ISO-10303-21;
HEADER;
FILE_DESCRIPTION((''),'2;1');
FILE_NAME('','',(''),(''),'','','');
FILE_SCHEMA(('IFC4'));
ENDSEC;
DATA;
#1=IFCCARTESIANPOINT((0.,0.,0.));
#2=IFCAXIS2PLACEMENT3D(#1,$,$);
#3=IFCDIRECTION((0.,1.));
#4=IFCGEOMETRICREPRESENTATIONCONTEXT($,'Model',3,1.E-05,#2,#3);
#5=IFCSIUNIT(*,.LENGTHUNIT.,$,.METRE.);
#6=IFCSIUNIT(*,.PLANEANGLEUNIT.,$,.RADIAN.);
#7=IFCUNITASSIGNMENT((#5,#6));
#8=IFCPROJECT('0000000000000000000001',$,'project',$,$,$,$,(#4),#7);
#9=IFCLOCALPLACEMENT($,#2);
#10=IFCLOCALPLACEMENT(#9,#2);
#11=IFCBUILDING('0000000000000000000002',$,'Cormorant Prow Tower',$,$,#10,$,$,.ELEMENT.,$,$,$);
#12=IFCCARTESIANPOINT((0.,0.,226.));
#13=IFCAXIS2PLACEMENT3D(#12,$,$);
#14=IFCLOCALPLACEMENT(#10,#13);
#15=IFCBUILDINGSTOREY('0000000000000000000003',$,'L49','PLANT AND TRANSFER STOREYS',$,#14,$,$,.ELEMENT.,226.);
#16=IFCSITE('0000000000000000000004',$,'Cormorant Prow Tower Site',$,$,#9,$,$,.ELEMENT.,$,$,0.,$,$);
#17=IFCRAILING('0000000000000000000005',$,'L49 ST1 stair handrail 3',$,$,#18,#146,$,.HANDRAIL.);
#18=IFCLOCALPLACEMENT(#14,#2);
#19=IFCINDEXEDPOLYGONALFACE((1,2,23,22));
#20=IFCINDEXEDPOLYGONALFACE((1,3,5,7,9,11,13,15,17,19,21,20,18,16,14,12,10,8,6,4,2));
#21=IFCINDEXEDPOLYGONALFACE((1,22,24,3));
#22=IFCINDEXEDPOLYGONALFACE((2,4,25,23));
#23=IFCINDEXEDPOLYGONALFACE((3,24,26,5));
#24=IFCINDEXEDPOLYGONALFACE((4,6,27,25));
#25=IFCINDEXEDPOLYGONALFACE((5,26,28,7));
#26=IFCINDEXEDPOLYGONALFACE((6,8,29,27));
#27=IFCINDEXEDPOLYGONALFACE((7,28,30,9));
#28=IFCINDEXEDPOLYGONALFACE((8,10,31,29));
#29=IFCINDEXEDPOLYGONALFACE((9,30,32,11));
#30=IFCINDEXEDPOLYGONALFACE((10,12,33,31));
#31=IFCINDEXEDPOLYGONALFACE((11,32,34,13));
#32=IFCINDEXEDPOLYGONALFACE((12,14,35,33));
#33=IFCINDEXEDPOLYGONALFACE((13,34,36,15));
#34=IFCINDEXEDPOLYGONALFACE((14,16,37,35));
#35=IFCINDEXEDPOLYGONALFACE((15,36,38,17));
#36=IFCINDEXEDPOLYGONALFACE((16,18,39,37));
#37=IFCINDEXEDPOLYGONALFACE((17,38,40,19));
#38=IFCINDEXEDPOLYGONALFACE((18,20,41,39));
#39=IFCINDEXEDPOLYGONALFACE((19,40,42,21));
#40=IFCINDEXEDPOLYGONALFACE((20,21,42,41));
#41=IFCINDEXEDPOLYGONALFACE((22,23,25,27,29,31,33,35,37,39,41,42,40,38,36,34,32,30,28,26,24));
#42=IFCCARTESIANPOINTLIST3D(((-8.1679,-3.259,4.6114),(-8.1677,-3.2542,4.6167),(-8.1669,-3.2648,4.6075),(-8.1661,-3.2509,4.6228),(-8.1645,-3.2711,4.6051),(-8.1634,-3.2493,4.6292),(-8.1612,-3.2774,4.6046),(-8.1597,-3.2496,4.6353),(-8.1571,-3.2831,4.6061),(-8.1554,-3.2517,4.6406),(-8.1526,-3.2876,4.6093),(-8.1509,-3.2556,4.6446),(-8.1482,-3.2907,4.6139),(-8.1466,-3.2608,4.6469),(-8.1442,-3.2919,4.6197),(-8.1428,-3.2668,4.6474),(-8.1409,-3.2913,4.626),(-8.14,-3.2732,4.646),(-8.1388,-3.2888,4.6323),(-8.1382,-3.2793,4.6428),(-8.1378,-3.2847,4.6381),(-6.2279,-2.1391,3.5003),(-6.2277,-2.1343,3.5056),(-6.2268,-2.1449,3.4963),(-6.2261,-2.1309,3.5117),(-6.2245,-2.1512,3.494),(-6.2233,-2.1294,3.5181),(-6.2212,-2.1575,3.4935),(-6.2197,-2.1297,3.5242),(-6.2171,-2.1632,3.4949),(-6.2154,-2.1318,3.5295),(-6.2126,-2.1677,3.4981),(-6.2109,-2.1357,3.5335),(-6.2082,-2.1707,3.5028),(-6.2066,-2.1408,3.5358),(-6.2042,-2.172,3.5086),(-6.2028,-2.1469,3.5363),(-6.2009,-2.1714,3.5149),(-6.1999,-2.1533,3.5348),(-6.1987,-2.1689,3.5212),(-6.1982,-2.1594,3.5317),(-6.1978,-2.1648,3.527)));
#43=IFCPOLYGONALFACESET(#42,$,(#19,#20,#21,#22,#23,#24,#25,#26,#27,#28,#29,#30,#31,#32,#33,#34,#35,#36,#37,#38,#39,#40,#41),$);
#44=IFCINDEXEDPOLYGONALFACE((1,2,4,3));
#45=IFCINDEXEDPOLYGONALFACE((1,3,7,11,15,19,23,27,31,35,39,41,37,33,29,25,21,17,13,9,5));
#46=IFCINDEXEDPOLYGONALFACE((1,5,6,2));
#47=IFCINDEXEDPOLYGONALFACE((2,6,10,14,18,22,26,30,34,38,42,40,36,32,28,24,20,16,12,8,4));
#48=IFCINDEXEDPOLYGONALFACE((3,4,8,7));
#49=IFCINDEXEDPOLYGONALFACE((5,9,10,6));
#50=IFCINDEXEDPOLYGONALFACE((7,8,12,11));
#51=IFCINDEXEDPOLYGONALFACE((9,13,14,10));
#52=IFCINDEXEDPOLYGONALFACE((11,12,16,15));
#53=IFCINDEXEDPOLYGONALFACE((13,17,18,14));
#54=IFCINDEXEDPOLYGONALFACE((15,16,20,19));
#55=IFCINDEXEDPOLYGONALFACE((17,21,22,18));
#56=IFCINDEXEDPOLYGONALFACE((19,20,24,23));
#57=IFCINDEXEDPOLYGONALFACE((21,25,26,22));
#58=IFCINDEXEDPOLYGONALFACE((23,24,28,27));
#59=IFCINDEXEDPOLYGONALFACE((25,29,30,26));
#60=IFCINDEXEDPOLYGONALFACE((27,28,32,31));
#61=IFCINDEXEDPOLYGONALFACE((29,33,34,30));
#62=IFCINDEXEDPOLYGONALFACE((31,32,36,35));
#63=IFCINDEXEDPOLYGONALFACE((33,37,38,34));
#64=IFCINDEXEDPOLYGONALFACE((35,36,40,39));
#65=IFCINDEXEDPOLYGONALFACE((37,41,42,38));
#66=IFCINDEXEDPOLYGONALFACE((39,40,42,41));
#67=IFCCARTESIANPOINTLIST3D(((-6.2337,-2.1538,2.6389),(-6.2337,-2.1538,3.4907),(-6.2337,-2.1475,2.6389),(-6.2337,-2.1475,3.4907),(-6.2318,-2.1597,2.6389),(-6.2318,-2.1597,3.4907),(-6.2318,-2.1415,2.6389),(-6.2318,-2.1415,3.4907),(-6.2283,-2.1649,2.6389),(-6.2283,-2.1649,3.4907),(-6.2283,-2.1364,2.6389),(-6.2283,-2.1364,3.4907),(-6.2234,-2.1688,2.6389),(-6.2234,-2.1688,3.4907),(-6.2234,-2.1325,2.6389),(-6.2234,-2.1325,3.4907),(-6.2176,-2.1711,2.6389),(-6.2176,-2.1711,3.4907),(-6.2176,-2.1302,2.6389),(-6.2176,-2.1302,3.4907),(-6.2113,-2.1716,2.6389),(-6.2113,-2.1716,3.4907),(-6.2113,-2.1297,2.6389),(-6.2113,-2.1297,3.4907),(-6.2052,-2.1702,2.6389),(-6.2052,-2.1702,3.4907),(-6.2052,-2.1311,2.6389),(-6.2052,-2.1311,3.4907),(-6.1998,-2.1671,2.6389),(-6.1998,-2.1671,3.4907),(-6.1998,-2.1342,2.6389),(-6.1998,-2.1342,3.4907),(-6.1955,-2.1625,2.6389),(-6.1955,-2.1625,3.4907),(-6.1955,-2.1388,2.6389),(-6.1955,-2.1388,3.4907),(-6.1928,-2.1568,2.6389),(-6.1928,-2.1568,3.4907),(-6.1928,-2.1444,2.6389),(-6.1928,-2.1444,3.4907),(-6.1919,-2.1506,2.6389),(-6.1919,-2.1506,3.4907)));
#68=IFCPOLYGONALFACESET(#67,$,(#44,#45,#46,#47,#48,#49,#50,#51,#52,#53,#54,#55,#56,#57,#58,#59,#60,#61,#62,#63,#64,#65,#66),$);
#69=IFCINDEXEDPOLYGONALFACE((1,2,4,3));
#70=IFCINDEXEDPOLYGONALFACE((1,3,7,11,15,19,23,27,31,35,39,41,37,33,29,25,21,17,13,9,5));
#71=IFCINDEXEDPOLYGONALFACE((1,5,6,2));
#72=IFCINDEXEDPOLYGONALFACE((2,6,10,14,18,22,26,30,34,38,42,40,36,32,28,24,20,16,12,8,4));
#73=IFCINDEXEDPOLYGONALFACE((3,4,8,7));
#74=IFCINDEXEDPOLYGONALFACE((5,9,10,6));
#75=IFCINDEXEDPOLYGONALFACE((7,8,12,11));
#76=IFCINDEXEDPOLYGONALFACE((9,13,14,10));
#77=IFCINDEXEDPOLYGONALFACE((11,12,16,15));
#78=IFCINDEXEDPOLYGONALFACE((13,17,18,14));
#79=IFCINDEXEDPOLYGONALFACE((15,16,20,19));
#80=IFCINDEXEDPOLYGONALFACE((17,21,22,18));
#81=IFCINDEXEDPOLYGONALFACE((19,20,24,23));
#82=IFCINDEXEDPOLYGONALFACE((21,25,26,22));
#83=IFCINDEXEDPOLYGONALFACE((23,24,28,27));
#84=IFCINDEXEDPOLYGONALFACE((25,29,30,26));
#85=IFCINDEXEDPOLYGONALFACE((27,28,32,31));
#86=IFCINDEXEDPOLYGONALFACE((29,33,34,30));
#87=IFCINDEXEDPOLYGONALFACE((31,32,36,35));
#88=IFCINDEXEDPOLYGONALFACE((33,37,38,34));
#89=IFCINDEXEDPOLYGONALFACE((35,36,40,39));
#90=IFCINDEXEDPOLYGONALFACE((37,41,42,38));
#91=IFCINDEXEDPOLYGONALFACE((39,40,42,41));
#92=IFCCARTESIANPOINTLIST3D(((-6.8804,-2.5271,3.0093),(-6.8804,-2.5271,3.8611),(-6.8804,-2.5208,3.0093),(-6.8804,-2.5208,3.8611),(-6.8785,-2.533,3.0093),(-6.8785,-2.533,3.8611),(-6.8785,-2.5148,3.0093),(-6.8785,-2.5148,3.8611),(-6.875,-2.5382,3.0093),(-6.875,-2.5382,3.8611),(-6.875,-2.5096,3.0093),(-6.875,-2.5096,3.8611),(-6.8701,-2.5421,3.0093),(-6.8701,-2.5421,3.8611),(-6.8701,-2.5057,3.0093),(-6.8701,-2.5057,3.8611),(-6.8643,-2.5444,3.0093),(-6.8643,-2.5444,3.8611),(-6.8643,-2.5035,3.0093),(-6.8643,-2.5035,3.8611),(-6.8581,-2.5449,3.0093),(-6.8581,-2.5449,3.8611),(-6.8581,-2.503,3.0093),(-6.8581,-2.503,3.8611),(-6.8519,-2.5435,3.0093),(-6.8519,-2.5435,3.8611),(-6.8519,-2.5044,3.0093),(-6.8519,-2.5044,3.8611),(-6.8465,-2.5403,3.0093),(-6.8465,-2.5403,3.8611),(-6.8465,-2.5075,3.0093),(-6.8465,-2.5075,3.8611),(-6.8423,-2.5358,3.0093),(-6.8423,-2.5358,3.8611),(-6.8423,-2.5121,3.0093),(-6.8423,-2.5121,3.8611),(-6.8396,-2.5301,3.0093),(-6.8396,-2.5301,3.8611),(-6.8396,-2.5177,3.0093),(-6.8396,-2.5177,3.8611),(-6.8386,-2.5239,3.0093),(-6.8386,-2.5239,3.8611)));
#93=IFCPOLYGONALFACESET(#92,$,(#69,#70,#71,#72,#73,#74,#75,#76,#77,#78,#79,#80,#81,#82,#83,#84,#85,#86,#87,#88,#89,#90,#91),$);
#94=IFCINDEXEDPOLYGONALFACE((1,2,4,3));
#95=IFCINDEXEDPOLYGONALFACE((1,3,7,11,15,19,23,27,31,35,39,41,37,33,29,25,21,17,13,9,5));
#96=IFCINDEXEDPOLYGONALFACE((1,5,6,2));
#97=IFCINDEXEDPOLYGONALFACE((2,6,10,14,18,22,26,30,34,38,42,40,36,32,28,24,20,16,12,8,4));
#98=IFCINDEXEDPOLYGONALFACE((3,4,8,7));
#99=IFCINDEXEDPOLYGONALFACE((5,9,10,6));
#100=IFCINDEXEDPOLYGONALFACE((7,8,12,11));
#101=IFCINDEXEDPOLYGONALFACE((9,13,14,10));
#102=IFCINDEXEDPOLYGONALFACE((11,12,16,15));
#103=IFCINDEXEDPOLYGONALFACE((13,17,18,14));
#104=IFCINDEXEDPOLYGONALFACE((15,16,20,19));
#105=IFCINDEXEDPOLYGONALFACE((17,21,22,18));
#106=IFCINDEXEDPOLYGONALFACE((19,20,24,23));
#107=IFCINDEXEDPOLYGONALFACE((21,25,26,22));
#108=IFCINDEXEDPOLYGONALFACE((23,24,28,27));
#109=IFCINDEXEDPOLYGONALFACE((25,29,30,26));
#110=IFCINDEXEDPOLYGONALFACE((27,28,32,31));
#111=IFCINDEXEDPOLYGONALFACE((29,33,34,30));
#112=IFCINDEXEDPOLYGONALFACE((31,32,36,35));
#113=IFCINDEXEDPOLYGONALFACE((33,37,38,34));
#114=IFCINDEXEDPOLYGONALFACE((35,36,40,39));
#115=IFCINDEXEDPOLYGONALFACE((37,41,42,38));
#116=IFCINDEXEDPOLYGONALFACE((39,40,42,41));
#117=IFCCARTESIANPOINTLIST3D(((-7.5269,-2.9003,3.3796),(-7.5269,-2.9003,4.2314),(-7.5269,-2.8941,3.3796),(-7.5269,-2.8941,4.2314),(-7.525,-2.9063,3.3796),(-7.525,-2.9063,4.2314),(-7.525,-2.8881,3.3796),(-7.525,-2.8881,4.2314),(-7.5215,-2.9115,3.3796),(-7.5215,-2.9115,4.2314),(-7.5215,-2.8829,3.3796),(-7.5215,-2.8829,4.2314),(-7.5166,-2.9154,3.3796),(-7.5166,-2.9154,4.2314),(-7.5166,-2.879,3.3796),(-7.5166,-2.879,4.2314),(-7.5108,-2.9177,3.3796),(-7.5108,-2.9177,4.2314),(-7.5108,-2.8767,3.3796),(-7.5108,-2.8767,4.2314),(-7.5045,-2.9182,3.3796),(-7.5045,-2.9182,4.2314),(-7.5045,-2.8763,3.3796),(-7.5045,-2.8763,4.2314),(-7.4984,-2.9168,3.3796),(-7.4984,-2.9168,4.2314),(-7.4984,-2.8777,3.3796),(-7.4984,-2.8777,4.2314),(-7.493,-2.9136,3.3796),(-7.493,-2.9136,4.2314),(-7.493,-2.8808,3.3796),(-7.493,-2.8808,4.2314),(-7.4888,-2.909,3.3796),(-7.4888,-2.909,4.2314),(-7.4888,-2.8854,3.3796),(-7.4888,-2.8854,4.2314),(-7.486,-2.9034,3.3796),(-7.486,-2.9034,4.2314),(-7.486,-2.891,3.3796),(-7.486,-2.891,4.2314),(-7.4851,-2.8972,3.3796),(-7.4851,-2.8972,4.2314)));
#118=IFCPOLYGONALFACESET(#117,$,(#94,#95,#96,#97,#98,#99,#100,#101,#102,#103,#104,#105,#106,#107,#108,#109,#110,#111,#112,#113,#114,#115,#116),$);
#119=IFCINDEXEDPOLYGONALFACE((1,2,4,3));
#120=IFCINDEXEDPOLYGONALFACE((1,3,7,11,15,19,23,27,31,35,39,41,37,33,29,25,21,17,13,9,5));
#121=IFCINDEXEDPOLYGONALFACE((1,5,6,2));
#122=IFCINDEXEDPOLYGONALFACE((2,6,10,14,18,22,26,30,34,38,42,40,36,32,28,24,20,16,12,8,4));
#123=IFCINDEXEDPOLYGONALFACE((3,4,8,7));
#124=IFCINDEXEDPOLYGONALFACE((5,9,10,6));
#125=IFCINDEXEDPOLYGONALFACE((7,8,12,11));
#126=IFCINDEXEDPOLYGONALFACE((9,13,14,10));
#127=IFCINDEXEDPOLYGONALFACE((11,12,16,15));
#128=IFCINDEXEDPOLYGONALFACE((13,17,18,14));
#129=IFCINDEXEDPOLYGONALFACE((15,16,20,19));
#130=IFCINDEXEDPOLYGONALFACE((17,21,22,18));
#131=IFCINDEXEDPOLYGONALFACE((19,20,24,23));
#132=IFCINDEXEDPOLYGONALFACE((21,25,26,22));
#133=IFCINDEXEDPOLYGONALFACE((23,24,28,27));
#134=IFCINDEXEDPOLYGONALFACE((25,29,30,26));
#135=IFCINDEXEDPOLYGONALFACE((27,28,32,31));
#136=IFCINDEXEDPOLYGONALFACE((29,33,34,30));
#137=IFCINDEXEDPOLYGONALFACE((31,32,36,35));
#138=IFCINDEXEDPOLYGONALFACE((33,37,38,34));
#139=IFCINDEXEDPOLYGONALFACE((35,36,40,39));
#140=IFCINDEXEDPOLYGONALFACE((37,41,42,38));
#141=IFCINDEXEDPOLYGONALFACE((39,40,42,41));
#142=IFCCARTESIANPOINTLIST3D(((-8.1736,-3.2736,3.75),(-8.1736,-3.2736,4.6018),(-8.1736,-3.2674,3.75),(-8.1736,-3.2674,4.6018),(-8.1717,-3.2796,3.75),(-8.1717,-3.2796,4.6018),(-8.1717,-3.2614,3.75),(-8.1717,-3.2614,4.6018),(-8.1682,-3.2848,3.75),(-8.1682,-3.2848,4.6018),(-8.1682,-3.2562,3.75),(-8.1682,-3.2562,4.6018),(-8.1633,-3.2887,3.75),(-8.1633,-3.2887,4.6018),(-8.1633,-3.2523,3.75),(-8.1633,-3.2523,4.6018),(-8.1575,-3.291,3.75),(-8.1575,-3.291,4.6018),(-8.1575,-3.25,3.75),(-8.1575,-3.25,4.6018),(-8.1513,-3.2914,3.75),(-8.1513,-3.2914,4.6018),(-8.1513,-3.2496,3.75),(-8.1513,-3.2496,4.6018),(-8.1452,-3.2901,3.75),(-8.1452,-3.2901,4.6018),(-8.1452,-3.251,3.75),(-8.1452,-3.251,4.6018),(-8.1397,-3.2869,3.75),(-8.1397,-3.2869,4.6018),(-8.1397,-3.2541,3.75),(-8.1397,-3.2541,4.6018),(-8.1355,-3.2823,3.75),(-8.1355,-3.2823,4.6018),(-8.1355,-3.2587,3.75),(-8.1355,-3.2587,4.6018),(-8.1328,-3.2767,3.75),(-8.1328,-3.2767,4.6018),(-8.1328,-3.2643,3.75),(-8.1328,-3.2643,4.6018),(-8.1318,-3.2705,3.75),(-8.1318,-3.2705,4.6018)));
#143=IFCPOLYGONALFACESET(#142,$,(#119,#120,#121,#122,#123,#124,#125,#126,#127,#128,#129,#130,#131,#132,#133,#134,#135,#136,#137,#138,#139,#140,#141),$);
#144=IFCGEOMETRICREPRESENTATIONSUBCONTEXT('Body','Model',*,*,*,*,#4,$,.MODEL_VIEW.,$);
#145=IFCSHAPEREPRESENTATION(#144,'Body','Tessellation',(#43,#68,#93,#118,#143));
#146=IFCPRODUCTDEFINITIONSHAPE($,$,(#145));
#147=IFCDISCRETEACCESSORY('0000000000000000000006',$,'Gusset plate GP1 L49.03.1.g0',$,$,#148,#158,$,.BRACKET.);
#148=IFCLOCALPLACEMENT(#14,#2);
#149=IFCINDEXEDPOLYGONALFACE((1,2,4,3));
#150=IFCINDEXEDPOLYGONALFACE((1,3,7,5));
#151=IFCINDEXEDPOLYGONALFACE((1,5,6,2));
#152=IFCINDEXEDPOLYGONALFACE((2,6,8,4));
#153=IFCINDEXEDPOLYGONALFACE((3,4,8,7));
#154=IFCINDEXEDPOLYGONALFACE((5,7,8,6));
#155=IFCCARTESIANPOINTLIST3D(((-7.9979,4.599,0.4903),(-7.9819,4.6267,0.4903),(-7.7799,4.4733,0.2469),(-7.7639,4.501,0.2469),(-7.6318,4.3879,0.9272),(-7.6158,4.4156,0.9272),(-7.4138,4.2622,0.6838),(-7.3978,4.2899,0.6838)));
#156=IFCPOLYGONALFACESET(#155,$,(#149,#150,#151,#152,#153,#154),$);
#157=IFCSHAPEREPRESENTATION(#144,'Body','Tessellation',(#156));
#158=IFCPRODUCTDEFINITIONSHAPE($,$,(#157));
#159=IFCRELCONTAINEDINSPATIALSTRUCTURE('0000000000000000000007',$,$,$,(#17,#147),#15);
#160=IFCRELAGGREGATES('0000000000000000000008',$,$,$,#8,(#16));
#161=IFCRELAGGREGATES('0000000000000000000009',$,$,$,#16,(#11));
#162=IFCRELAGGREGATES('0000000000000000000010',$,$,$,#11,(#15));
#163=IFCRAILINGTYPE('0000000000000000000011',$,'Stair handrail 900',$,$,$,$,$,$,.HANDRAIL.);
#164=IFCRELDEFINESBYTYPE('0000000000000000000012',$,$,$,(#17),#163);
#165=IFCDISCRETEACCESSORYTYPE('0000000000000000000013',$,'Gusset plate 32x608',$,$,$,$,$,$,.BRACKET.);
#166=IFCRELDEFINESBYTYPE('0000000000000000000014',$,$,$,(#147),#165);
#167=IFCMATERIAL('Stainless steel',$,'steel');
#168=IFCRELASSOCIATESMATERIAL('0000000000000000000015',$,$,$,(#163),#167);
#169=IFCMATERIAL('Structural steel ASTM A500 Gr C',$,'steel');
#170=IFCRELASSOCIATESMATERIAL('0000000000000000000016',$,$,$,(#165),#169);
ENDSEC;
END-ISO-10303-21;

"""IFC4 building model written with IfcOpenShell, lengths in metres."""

from ifc_helpers import new_model, si_unit, direction, frame, origin, origin_2d, place, context, subcontext, project, spatial, rectangle, circle, extrude, material, material_profile, profile_set, type_object, element, save


model = new_model("IFC4")

# Units and contexts
model_context = context("Model", 3, precision=1e-05, world=origin(), true_north=direction((0.0, 1.0)))
body_context = subcontext(model_context, "Body", "Model", "MODEL_VIEW")
ifc_project = project(units=[si_unit("LENGTHUNIT", "METRE"), si_unit("PLANEANGLEUNIT", "RADIAN")], contexts=[model_context])

# Site, building, storey
site_placement = place(None, origin())
site = spatial("IfcSite", under=ifc_project, at=site_placement, Name="Cormorant Prow Tower Site", CompositionType="ELEMENT", RefElevation=0.0)
building_placement = place(site_placement, origin())
building = spatial("IfcBuilding", under=site, at=building_placement, Name="Cormorant Prow Tower", CompositionType="ELEMENT")
storey_placement = place(building_placement, frame((0.0, 0.0, 226.0)))
storey = spatial("IfcBuildingStorey", under=building, at=storey_placement, Name="L49", Description="PLANT AND TRANSFER STOREYS", CompositionType="ELEMENT", Elevation=226.0)

# Railing
ifc_material_1 = material(Name="Stainless steel", Category="steel")
railing_type = type_object("IfcRailingType", Name="Stair handrail 900", PredefinedType="HANDRAIL", material=ifc_material_1)
for number, where, name in (
    (1, (-6.2129, -2.1506, 2.6389), "L49 ST1 stair handrail 3"),
):
    element("IfcRailing", number, at=place(storey_placement, frame(where)), inside=storey, type_object=railing_type, Name=name, PredefinedType="HANDRAIL", context=body_context, shape_type="SweptSolid", body=[
        extrude(circle(Radius=0.0239, at=origin_2d()), frame((0.0, 0.0, 0.876), z_axis=(-0.775853, -0.447878, 0.444363), x_axis=(0.499949, -0.866055, 0.0)), (0.0, 0.0, 1.0), 2.5005),
        extrude(circle(Radius=0.021, at=origin_2d()), origin(), (0.0, 0.0, 1.0), 0.8518),
        extrude(circle(Radius=0.021, at=origin_2d()), frame((-0.6467, -0.3733, 0.3704)), (0.0, 0.0, 1.0), 0.8518),
        extrude(circle(Radius=0.021, at=origin_2d()), frame((-1.2932, -0.7466, 0.7407)), (0.0, 0.0, 1.0), 0.8518),
        extrude(circle(Radius=0.021, at=origin_2d()), frame((-1.9399, -1.1199, 1.1111)), (0.0, 0.0, 1.0), 0.8518),
    ])

# Discrete accessory
ifc_material_2 = material(Name="Structural steel ASTM A500 Gr C", Category="steel")
ifc_material_profile_1 = material_profile(ifc_material_2, rectangle(XDim=0.032, YDim=0.6079, at=origin_2d()), Name="Gusset plate 32x608")
ifc_profile_set_1 = profile_set([ifc_material_profile_1], Name="Structural steel ASTM A500 Gr C")
discrete_accessory_type = type_object("IfcDiscreteAccessoryType", Name="Gusset plate 32x608", PredefinedType="BRACKET", material=ifc_profile_set_1)
discrete_accessory_placement = place(storey_placement, frame((-7.8069, 4.5073, 0.7087), z_axis=(0.622684, -0.359107, -0.695203), x_axis=(0.499582, 0.866266, 0.0)))
element("IfcDiscreteAccessory", 2, at=discrete_accessory_placement, inside=storey, type_object=discrete_accessory_type, Name="Gusset plate GP1 L49.03.1.g0", PredefinedType="BRACKET", context=body_context, shape_type="SweptSolid", body=[
    extrude(rectangle(XDim=0.032, YDim=0.6079, at=origin_2d()), origin(), (0.0, 0.0, 1.0), 0.3501),
])

save(model, "model.ifc")
